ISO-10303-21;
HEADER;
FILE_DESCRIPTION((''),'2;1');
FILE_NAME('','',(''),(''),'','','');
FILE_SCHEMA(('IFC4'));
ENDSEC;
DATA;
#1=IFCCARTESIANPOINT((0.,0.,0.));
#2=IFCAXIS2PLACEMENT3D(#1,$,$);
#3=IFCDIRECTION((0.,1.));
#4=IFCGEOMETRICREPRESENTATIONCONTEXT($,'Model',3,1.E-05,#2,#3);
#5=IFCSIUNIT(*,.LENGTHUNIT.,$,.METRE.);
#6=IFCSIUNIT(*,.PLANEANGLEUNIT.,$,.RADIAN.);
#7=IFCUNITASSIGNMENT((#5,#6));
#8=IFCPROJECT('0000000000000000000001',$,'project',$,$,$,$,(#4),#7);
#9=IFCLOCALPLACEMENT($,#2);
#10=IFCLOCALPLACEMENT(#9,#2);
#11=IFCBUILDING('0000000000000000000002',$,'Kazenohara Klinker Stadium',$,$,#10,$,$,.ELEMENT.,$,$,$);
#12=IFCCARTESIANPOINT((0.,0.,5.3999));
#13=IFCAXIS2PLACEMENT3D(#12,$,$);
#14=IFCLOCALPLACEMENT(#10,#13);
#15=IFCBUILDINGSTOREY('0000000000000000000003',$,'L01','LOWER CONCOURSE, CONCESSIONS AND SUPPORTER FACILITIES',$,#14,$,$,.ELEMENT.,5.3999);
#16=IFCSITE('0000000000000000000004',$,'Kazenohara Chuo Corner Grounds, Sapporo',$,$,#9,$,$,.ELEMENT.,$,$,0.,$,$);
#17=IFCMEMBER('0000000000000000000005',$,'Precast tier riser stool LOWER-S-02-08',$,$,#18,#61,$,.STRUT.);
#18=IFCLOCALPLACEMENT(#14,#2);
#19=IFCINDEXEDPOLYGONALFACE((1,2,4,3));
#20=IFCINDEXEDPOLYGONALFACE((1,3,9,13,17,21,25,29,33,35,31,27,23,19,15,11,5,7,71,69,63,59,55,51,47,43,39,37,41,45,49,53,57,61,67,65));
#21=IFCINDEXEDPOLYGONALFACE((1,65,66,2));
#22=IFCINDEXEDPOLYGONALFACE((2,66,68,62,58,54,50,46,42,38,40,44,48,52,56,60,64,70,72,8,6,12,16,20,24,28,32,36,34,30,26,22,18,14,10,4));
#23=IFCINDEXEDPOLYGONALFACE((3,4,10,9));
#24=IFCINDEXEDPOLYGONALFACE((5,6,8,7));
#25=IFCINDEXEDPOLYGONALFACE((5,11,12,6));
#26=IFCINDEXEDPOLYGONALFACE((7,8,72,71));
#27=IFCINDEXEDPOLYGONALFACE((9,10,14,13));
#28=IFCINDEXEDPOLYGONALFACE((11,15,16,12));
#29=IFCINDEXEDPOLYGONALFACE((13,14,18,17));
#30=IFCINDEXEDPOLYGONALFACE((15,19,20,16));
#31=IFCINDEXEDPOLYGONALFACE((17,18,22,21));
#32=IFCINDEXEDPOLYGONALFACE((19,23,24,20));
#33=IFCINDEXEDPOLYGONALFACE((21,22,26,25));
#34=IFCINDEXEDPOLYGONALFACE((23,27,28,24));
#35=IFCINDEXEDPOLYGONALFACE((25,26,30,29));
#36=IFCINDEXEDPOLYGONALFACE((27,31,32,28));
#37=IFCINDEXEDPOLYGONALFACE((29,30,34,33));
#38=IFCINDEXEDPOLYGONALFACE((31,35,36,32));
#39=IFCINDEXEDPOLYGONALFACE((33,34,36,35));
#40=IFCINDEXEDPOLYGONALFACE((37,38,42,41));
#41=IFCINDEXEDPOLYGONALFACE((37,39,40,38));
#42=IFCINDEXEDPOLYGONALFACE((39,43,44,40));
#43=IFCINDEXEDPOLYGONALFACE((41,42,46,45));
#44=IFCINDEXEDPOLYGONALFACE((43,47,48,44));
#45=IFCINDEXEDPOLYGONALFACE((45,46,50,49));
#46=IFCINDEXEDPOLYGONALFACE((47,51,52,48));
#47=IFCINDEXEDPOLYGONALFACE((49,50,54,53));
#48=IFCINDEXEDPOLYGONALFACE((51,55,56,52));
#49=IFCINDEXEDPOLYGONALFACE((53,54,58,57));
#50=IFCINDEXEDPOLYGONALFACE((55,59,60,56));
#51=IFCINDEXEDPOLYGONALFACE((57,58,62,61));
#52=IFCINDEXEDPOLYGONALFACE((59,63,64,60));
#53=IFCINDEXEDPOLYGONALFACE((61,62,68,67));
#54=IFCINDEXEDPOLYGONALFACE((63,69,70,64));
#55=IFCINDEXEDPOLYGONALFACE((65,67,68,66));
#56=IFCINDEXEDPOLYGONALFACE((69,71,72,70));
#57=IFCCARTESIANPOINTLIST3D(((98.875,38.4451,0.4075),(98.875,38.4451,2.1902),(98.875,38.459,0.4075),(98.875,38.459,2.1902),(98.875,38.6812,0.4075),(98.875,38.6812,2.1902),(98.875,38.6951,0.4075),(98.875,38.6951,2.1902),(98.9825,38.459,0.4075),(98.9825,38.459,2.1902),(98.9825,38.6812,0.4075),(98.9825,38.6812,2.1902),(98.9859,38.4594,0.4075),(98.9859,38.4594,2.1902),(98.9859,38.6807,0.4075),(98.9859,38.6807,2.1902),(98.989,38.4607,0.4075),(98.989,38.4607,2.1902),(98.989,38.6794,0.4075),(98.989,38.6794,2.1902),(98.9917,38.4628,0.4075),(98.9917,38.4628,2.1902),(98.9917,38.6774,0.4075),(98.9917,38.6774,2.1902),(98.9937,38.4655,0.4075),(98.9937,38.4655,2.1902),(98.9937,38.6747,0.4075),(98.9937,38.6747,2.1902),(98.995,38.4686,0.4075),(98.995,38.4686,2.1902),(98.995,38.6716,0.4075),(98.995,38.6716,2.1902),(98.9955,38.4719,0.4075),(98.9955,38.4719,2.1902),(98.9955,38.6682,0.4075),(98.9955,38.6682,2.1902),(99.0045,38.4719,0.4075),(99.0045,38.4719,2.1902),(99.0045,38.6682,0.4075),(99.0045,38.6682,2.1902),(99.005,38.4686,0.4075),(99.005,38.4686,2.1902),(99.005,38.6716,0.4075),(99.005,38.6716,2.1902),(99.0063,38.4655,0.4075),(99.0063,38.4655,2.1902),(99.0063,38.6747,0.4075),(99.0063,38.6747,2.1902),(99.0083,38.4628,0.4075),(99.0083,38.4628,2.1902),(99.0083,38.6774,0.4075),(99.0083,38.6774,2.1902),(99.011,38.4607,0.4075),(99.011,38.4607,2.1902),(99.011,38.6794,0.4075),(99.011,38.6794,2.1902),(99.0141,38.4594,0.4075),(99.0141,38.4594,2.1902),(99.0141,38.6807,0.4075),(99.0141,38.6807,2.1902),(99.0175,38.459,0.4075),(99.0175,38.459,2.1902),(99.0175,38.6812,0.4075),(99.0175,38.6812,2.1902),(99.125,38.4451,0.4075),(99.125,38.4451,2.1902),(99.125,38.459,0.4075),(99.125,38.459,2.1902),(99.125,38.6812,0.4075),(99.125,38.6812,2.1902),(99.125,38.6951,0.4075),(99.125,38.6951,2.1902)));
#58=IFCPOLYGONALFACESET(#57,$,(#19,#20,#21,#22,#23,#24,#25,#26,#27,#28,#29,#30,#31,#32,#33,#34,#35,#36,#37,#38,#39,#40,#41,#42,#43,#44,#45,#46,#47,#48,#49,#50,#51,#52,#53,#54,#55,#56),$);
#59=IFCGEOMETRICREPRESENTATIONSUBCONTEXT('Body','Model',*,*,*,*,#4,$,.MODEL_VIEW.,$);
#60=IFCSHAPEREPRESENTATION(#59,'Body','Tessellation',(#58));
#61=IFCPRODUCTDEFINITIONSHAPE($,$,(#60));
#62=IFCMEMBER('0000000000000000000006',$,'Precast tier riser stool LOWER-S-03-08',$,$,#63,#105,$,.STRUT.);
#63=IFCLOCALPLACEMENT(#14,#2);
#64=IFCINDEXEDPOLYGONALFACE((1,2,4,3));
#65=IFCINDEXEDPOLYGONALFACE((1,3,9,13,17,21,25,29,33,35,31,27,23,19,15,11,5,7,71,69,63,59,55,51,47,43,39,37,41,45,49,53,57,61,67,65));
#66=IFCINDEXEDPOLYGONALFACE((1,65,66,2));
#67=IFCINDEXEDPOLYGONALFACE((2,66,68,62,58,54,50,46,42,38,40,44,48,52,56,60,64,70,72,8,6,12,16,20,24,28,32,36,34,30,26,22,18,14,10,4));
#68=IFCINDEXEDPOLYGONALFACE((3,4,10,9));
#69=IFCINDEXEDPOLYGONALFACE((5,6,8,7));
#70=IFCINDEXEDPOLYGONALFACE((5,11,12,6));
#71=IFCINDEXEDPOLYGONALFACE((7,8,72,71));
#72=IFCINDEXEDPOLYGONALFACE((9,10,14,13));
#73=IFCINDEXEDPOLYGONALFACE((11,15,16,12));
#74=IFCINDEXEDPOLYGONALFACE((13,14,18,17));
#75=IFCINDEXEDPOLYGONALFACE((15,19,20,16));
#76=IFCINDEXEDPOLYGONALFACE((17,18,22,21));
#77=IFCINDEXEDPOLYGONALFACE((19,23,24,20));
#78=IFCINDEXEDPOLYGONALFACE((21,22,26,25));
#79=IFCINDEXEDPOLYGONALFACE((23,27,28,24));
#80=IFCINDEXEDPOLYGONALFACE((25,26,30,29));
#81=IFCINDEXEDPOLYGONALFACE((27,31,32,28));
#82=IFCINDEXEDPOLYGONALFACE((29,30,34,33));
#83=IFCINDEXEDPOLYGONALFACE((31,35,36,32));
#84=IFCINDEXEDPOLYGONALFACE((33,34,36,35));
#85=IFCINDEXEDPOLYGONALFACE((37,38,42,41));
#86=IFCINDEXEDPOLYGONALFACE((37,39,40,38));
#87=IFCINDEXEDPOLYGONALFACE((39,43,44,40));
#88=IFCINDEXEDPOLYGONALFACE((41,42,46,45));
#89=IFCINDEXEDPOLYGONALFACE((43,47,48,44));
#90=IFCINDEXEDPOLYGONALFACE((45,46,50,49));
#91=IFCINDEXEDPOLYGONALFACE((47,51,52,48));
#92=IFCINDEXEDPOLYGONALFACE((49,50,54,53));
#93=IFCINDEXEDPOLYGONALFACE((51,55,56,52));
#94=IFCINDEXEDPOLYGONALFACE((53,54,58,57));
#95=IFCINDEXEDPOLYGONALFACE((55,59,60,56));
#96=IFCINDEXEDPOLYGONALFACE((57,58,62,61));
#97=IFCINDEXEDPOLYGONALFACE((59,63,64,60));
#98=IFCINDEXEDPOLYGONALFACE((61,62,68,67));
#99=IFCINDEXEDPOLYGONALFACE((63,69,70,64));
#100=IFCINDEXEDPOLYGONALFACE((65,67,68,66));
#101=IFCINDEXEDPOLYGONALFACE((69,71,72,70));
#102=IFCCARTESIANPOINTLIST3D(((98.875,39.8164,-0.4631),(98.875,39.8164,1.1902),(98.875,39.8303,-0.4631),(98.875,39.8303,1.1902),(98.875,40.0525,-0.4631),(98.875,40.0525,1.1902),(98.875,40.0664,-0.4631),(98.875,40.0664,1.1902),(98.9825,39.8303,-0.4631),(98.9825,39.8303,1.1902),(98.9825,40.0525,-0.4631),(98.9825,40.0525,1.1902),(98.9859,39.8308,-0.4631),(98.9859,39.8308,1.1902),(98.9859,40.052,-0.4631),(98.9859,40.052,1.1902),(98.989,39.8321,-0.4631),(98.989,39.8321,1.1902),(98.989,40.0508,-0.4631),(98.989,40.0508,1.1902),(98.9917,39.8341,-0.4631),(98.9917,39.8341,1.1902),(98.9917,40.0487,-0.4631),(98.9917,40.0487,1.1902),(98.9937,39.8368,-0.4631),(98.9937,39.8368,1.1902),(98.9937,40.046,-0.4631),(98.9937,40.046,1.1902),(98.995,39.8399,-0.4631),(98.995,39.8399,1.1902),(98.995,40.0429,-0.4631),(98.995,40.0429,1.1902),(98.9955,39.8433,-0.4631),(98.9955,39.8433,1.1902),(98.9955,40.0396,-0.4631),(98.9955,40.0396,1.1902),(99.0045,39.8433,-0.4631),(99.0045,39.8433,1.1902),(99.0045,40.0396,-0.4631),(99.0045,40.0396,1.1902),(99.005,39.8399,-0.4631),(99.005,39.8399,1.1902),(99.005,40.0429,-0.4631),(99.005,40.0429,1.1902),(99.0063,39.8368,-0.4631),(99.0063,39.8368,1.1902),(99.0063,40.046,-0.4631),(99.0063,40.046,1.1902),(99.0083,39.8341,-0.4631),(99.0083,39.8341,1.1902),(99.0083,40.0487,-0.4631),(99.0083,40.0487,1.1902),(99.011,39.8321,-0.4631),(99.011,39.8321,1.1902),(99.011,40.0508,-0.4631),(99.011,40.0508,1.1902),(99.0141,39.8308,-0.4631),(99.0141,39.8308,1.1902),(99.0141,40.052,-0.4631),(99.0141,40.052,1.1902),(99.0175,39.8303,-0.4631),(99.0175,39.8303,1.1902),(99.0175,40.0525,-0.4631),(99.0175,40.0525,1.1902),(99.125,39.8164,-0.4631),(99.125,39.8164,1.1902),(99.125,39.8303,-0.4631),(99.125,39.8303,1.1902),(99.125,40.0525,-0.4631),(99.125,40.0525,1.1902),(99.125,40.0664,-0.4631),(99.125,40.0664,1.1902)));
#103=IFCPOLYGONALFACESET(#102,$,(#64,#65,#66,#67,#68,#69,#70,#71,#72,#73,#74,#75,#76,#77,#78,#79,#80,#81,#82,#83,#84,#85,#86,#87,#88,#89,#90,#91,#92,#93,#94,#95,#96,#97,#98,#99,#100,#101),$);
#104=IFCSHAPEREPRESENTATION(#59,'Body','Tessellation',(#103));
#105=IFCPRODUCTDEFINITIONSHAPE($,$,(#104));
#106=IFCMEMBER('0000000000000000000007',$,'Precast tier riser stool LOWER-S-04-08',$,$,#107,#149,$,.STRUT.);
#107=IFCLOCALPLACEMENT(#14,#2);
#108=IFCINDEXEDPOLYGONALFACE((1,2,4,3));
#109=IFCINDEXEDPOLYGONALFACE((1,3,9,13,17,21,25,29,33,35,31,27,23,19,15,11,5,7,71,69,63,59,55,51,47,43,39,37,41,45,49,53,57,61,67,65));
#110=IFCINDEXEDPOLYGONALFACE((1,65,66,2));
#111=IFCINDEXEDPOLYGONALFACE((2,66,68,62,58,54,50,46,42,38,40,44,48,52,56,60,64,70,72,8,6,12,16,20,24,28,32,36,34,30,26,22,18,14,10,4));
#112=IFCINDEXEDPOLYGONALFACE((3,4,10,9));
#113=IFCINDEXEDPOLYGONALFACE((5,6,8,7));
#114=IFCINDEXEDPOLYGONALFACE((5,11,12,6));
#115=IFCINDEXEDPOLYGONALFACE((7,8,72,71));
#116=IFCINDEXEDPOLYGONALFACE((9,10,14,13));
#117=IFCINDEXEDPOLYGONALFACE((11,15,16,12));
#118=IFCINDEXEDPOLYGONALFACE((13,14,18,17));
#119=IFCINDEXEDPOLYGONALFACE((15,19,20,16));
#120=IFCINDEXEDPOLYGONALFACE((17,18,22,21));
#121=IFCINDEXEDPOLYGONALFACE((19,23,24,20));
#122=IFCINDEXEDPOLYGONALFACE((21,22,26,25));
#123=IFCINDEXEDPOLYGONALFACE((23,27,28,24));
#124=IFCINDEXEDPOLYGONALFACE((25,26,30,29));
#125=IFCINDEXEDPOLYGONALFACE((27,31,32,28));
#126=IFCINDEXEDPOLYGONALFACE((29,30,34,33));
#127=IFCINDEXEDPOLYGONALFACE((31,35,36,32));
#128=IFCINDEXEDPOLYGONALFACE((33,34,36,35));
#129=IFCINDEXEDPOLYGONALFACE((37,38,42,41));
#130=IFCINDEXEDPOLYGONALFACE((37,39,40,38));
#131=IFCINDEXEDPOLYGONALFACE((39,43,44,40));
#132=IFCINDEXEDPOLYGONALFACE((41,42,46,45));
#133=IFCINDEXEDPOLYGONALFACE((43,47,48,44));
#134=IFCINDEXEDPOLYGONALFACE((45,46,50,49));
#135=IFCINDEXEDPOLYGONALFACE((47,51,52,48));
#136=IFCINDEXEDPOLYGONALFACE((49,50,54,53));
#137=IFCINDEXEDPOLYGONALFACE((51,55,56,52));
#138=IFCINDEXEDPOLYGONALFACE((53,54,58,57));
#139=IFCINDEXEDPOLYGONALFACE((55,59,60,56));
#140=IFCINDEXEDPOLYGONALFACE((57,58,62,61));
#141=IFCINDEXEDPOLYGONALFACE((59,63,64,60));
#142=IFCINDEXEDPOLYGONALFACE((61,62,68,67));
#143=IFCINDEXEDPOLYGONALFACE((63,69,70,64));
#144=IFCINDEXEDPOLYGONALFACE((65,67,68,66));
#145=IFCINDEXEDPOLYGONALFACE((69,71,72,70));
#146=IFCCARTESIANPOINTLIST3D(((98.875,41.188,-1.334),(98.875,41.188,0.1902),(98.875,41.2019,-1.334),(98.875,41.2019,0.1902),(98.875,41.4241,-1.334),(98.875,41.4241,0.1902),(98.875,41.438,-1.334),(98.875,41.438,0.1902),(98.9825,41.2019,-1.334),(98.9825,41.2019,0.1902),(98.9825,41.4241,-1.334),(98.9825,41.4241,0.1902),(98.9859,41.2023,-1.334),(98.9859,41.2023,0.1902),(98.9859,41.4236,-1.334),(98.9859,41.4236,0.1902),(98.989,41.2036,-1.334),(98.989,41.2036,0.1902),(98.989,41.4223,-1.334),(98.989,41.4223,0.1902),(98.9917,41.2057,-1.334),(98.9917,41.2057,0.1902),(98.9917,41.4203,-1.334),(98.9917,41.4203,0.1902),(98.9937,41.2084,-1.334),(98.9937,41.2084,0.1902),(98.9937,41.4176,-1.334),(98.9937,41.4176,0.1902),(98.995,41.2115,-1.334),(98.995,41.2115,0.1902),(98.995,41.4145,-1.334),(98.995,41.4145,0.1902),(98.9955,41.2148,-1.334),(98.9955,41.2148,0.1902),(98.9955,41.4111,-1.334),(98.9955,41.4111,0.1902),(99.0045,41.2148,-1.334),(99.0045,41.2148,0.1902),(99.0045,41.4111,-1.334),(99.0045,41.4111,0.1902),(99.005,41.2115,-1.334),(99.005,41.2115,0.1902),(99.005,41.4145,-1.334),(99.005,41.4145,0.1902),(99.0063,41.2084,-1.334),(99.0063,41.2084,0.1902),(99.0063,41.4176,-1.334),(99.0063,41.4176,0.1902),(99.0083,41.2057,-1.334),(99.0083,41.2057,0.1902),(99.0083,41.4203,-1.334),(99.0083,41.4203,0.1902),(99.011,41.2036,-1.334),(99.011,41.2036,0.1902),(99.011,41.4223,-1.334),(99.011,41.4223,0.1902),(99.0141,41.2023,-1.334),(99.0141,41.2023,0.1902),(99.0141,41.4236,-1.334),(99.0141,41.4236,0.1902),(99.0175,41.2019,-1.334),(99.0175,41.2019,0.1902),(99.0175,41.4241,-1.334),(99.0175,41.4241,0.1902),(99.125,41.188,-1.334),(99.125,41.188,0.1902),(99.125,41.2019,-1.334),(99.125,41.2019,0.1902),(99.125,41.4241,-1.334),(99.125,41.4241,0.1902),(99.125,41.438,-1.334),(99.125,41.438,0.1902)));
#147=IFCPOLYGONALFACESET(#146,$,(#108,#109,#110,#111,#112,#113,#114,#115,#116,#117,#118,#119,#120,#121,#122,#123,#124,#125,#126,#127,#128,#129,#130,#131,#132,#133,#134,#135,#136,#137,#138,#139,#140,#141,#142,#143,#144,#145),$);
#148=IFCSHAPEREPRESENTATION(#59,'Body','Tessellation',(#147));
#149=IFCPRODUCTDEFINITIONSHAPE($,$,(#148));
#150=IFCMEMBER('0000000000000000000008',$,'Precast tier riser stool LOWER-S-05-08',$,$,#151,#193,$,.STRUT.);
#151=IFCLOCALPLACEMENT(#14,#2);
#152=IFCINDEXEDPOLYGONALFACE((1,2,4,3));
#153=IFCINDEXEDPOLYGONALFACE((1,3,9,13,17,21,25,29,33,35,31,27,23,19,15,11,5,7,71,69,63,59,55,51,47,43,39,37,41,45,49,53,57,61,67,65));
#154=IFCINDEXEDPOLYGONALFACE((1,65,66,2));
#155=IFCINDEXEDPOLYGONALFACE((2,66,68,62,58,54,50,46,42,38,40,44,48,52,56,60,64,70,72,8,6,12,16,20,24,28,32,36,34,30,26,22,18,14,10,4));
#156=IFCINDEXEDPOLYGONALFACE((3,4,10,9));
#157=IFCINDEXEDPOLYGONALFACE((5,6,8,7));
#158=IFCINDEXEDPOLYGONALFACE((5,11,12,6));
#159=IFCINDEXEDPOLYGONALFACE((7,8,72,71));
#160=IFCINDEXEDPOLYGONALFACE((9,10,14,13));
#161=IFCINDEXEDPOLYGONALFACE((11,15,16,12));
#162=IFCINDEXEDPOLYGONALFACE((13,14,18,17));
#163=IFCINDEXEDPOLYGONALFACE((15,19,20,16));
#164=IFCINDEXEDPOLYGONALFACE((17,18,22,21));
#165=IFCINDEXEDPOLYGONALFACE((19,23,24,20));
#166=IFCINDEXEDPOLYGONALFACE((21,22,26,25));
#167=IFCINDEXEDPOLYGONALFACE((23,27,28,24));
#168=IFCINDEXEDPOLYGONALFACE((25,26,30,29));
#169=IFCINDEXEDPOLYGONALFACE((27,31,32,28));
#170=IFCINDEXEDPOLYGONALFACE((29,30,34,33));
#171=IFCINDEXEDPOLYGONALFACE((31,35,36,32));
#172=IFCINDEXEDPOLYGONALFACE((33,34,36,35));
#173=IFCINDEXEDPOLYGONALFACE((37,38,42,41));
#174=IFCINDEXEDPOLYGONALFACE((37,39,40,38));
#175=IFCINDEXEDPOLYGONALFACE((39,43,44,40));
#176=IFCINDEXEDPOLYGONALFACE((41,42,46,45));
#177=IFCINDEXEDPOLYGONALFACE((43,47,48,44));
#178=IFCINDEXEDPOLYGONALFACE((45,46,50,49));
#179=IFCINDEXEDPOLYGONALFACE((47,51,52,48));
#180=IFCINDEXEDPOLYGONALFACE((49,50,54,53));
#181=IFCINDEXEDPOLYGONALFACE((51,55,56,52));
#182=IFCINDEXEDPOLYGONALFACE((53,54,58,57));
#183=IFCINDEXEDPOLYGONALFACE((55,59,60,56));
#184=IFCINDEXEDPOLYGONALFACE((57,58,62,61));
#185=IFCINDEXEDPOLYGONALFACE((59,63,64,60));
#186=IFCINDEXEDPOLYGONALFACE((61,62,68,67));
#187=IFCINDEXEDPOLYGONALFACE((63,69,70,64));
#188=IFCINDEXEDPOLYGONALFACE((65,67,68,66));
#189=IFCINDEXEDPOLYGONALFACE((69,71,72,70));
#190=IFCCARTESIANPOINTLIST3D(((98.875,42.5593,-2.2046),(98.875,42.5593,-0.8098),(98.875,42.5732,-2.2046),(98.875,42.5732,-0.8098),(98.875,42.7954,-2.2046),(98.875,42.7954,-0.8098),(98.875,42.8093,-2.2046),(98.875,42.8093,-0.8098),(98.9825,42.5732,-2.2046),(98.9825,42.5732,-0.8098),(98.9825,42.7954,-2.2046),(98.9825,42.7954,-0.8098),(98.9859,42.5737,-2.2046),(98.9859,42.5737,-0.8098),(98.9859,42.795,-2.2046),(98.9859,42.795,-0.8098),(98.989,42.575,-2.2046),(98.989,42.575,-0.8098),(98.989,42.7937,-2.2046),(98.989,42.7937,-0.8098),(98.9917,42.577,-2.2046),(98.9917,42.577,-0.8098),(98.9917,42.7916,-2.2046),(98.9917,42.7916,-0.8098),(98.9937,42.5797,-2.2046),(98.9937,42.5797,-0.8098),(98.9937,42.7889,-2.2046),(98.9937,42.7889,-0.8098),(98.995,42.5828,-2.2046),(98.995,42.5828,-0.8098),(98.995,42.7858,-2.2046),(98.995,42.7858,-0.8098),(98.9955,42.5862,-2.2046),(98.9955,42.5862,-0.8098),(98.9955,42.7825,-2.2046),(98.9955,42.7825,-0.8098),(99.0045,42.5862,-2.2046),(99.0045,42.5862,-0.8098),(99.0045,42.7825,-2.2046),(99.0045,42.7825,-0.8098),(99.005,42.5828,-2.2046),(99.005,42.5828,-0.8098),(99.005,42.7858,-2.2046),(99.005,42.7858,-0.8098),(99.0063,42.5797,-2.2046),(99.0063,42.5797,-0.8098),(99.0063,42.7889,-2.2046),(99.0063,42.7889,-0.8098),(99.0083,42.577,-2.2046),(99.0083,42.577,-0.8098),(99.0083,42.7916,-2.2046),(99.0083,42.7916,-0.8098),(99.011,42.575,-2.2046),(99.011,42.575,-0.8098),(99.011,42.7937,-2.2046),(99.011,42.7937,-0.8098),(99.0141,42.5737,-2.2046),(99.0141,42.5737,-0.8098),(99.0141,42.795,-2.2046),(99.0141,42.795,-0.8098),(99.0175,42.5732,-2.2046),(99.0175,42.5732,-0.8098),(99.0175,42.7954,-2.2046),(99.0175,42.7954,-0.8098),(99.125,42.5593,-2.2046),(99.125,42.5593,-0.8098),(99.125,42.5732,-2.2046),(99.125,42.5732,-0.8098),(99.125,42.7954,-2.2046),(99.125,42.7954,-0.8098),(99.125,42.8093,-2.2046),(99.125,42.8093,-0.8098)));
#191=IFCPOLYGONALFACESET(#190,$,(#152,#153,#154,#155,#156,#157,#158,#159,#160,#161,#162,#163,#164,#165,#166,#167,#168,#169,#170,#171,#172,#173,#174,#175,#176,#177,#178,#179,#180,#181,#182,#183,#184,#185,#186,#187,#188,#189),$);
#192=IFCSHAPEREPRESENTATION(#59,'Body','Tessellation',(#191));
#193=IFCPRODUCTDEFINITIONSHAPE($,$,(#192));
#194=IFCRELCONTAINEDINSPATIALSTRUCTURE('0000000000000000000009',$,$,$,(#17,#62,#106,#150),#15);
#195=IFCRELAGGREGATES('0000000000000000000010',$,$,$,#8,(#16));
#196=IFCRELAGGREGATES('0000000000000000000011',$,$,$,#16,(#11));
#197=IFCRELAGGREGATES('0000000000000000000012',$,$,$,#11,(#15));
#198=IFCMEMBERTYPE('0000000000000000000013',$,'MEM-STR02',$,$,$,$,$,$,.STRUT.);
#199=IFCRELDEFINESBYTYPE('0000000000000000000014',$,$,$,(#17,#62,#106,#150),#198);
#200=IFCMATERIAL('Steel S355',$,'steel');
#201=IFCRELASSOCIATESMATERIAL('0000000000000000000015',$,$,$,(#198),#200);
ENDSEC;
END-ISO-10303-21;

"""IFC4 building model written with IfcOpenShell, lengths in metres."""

from ifc_helpers import new_model, si_unit, direction, frame, origin, origin_2d, place, context, subcontext, project, spatial, i_section, extrude, material, material_profile, profile_set, type_object, element, save


model = new_model("IFC4")

# Units and contexts
model_context = context("Model", 3, precision=1e-05, world=origin(), true_north=direction((0.0, 1.0)))
body_context = subcontext(model_context, "Body", "Model", "MODEL_VIEW")
ifc_project = project(units=[si_unit("LENGTHUNIT", "METRE"), si_unit("PLANEANGLEUNIT", "RADIAN")], contexts=[model_context])

# Site, building, storey
site_placement = place(None, origin())
site = spatial("IfcSite", under=ifc_project, at=site_placement, Name="Kazenohara Chuo Corner Grounds, Sapporo", CompositionType="ELEMENT", RefElevation=0.0)
building_placement = place(site_placement, origin())
building = spatial("IfcBuilding", under=site, at=building_placement, Name="Kazenohara Klinker Stadium", CompositionType="ELEMENT")
storey_placement = place(building_placement, frame((0.0, 0.0, 5.3999)))
storey = spatial("IfcBuildingStorey", under=building, at=storey_placement, Name="L01", Description="LOWER CONCOURSE, CONCESSIONS AND SUPPORTER FACILITIES", CompositionType="ELEMENT", Elevation=5.3999)

# Shared definitions
ifc_material_1 = material(Name="Steel S355", Category="steel")

# Members
ifc_material_profile_1 = material_profile(ifc_material_1, i_section(OverallWidth=0.25, OverallDepth=0.25, WebThickness=0.009, FlangeThickness=0.0139, FilletRadius=0.0129, at=origin_2d()), Name="H-250x250x9x14")
ifc_profile_set_1 = profile_set([ifc_material_profile_1], Name="Steel S355")
member_type = type_object("IfcMemberType", Name="MEM-STR02", PredefinedType="STRUT", material=ifc_profile_set_1)
member_1_placement = place(storey_placement, frame((99.0, 38.5701, 0.4075), z_axis=(0.0, 0.0, 1.0), x_axis=(1.0, 0.0, 0.0)))
element("IfcMember", 1, at=member_1_placement, inside=storey, type_object=member_type, Name="Precast tier riser stool LOWER-S-02-08", PredefinedType="STRUT", context=body_context, shape_type="SweptSolid", body=[
    extrude(i_section(OverallWidth=0.25, OverallDepth=0.25, WebThickness=0.009, FlangeThickness=0.0139, FilletRadius=0.0129, at=origin_2d()), origin(), (0.0, 0.0, 1.0), 1.7827),
])
member_2_placement = place(storey_placement, frame((99.0, 39.9414, -0.4631), z_axis=(0.0, 0.0, 1.0), x_axis=(1.0, 0.0, 0.0)))
element("IfcMember", 2, at=member_2_placement, inside=storey, type_object=member_type, Name="Precast tier riser stool LOWER-S-03-08", PredefinedType="STRUT", context=body_context, shape_type="SweptSolid", body=[
    extrude(i_section(OverallWidth=0.25, OverallDepth=0.25, WebThickness=0.009, FlangeThickness=0.0139, FilletRadius=0.0129, at=origin_2d()), origin(), (0.0, 0.0, 1.0), 1.6533),
])
member_3_placement = place(storey_placement, frame((99.0, 41.313, -1.334), z_axis=(0.0, 0.0, 1.0), x_axis=(1.0, 0.0, 0.0)))
element("IfcMember", 3, at=member_3_placement, inside=storey, type_object=member_type, Name="Precast tier riser stool LOWER-S-04-08", PredefinedType="STRUT", context=body_context, shape_type="SweptSolid", body=[
    extrude(i_section(OverallWidth=0.25, OverallDepth=0.25, WebThickness=0.009, FlangeThickness=0.0139, FilletRadius=0.0129, at=origin_2d()), origin(), (0.0, 0.0, 1.0), 1.5242),
])
member_4_placement = place(storey_placement, frame((99.0, 42.6843, -2.2046), z_axis=(0.0, 0.0, 1.0), x_axis=(1.0, 0.0, 0.0)))
element("IfcMember", 4, at=member_4_placement, inside=storey, type_object=member_type, Name="Precast tier riser stool LOWER-S-05-08", PredefinedType="STRUT", context=body_context, shape_type="SweptSolid", body=[
    extrude(i_section(OverallWidth=0.25, OverallDepth=0.25, WebThickness=0.009, FlangeThickness=0.0139, FilletRadius=0.0129, at=origin_2d()), origin(), (0.0, 0.0, 1.0), 1.3948),
])

save(model, "model.ifc")
